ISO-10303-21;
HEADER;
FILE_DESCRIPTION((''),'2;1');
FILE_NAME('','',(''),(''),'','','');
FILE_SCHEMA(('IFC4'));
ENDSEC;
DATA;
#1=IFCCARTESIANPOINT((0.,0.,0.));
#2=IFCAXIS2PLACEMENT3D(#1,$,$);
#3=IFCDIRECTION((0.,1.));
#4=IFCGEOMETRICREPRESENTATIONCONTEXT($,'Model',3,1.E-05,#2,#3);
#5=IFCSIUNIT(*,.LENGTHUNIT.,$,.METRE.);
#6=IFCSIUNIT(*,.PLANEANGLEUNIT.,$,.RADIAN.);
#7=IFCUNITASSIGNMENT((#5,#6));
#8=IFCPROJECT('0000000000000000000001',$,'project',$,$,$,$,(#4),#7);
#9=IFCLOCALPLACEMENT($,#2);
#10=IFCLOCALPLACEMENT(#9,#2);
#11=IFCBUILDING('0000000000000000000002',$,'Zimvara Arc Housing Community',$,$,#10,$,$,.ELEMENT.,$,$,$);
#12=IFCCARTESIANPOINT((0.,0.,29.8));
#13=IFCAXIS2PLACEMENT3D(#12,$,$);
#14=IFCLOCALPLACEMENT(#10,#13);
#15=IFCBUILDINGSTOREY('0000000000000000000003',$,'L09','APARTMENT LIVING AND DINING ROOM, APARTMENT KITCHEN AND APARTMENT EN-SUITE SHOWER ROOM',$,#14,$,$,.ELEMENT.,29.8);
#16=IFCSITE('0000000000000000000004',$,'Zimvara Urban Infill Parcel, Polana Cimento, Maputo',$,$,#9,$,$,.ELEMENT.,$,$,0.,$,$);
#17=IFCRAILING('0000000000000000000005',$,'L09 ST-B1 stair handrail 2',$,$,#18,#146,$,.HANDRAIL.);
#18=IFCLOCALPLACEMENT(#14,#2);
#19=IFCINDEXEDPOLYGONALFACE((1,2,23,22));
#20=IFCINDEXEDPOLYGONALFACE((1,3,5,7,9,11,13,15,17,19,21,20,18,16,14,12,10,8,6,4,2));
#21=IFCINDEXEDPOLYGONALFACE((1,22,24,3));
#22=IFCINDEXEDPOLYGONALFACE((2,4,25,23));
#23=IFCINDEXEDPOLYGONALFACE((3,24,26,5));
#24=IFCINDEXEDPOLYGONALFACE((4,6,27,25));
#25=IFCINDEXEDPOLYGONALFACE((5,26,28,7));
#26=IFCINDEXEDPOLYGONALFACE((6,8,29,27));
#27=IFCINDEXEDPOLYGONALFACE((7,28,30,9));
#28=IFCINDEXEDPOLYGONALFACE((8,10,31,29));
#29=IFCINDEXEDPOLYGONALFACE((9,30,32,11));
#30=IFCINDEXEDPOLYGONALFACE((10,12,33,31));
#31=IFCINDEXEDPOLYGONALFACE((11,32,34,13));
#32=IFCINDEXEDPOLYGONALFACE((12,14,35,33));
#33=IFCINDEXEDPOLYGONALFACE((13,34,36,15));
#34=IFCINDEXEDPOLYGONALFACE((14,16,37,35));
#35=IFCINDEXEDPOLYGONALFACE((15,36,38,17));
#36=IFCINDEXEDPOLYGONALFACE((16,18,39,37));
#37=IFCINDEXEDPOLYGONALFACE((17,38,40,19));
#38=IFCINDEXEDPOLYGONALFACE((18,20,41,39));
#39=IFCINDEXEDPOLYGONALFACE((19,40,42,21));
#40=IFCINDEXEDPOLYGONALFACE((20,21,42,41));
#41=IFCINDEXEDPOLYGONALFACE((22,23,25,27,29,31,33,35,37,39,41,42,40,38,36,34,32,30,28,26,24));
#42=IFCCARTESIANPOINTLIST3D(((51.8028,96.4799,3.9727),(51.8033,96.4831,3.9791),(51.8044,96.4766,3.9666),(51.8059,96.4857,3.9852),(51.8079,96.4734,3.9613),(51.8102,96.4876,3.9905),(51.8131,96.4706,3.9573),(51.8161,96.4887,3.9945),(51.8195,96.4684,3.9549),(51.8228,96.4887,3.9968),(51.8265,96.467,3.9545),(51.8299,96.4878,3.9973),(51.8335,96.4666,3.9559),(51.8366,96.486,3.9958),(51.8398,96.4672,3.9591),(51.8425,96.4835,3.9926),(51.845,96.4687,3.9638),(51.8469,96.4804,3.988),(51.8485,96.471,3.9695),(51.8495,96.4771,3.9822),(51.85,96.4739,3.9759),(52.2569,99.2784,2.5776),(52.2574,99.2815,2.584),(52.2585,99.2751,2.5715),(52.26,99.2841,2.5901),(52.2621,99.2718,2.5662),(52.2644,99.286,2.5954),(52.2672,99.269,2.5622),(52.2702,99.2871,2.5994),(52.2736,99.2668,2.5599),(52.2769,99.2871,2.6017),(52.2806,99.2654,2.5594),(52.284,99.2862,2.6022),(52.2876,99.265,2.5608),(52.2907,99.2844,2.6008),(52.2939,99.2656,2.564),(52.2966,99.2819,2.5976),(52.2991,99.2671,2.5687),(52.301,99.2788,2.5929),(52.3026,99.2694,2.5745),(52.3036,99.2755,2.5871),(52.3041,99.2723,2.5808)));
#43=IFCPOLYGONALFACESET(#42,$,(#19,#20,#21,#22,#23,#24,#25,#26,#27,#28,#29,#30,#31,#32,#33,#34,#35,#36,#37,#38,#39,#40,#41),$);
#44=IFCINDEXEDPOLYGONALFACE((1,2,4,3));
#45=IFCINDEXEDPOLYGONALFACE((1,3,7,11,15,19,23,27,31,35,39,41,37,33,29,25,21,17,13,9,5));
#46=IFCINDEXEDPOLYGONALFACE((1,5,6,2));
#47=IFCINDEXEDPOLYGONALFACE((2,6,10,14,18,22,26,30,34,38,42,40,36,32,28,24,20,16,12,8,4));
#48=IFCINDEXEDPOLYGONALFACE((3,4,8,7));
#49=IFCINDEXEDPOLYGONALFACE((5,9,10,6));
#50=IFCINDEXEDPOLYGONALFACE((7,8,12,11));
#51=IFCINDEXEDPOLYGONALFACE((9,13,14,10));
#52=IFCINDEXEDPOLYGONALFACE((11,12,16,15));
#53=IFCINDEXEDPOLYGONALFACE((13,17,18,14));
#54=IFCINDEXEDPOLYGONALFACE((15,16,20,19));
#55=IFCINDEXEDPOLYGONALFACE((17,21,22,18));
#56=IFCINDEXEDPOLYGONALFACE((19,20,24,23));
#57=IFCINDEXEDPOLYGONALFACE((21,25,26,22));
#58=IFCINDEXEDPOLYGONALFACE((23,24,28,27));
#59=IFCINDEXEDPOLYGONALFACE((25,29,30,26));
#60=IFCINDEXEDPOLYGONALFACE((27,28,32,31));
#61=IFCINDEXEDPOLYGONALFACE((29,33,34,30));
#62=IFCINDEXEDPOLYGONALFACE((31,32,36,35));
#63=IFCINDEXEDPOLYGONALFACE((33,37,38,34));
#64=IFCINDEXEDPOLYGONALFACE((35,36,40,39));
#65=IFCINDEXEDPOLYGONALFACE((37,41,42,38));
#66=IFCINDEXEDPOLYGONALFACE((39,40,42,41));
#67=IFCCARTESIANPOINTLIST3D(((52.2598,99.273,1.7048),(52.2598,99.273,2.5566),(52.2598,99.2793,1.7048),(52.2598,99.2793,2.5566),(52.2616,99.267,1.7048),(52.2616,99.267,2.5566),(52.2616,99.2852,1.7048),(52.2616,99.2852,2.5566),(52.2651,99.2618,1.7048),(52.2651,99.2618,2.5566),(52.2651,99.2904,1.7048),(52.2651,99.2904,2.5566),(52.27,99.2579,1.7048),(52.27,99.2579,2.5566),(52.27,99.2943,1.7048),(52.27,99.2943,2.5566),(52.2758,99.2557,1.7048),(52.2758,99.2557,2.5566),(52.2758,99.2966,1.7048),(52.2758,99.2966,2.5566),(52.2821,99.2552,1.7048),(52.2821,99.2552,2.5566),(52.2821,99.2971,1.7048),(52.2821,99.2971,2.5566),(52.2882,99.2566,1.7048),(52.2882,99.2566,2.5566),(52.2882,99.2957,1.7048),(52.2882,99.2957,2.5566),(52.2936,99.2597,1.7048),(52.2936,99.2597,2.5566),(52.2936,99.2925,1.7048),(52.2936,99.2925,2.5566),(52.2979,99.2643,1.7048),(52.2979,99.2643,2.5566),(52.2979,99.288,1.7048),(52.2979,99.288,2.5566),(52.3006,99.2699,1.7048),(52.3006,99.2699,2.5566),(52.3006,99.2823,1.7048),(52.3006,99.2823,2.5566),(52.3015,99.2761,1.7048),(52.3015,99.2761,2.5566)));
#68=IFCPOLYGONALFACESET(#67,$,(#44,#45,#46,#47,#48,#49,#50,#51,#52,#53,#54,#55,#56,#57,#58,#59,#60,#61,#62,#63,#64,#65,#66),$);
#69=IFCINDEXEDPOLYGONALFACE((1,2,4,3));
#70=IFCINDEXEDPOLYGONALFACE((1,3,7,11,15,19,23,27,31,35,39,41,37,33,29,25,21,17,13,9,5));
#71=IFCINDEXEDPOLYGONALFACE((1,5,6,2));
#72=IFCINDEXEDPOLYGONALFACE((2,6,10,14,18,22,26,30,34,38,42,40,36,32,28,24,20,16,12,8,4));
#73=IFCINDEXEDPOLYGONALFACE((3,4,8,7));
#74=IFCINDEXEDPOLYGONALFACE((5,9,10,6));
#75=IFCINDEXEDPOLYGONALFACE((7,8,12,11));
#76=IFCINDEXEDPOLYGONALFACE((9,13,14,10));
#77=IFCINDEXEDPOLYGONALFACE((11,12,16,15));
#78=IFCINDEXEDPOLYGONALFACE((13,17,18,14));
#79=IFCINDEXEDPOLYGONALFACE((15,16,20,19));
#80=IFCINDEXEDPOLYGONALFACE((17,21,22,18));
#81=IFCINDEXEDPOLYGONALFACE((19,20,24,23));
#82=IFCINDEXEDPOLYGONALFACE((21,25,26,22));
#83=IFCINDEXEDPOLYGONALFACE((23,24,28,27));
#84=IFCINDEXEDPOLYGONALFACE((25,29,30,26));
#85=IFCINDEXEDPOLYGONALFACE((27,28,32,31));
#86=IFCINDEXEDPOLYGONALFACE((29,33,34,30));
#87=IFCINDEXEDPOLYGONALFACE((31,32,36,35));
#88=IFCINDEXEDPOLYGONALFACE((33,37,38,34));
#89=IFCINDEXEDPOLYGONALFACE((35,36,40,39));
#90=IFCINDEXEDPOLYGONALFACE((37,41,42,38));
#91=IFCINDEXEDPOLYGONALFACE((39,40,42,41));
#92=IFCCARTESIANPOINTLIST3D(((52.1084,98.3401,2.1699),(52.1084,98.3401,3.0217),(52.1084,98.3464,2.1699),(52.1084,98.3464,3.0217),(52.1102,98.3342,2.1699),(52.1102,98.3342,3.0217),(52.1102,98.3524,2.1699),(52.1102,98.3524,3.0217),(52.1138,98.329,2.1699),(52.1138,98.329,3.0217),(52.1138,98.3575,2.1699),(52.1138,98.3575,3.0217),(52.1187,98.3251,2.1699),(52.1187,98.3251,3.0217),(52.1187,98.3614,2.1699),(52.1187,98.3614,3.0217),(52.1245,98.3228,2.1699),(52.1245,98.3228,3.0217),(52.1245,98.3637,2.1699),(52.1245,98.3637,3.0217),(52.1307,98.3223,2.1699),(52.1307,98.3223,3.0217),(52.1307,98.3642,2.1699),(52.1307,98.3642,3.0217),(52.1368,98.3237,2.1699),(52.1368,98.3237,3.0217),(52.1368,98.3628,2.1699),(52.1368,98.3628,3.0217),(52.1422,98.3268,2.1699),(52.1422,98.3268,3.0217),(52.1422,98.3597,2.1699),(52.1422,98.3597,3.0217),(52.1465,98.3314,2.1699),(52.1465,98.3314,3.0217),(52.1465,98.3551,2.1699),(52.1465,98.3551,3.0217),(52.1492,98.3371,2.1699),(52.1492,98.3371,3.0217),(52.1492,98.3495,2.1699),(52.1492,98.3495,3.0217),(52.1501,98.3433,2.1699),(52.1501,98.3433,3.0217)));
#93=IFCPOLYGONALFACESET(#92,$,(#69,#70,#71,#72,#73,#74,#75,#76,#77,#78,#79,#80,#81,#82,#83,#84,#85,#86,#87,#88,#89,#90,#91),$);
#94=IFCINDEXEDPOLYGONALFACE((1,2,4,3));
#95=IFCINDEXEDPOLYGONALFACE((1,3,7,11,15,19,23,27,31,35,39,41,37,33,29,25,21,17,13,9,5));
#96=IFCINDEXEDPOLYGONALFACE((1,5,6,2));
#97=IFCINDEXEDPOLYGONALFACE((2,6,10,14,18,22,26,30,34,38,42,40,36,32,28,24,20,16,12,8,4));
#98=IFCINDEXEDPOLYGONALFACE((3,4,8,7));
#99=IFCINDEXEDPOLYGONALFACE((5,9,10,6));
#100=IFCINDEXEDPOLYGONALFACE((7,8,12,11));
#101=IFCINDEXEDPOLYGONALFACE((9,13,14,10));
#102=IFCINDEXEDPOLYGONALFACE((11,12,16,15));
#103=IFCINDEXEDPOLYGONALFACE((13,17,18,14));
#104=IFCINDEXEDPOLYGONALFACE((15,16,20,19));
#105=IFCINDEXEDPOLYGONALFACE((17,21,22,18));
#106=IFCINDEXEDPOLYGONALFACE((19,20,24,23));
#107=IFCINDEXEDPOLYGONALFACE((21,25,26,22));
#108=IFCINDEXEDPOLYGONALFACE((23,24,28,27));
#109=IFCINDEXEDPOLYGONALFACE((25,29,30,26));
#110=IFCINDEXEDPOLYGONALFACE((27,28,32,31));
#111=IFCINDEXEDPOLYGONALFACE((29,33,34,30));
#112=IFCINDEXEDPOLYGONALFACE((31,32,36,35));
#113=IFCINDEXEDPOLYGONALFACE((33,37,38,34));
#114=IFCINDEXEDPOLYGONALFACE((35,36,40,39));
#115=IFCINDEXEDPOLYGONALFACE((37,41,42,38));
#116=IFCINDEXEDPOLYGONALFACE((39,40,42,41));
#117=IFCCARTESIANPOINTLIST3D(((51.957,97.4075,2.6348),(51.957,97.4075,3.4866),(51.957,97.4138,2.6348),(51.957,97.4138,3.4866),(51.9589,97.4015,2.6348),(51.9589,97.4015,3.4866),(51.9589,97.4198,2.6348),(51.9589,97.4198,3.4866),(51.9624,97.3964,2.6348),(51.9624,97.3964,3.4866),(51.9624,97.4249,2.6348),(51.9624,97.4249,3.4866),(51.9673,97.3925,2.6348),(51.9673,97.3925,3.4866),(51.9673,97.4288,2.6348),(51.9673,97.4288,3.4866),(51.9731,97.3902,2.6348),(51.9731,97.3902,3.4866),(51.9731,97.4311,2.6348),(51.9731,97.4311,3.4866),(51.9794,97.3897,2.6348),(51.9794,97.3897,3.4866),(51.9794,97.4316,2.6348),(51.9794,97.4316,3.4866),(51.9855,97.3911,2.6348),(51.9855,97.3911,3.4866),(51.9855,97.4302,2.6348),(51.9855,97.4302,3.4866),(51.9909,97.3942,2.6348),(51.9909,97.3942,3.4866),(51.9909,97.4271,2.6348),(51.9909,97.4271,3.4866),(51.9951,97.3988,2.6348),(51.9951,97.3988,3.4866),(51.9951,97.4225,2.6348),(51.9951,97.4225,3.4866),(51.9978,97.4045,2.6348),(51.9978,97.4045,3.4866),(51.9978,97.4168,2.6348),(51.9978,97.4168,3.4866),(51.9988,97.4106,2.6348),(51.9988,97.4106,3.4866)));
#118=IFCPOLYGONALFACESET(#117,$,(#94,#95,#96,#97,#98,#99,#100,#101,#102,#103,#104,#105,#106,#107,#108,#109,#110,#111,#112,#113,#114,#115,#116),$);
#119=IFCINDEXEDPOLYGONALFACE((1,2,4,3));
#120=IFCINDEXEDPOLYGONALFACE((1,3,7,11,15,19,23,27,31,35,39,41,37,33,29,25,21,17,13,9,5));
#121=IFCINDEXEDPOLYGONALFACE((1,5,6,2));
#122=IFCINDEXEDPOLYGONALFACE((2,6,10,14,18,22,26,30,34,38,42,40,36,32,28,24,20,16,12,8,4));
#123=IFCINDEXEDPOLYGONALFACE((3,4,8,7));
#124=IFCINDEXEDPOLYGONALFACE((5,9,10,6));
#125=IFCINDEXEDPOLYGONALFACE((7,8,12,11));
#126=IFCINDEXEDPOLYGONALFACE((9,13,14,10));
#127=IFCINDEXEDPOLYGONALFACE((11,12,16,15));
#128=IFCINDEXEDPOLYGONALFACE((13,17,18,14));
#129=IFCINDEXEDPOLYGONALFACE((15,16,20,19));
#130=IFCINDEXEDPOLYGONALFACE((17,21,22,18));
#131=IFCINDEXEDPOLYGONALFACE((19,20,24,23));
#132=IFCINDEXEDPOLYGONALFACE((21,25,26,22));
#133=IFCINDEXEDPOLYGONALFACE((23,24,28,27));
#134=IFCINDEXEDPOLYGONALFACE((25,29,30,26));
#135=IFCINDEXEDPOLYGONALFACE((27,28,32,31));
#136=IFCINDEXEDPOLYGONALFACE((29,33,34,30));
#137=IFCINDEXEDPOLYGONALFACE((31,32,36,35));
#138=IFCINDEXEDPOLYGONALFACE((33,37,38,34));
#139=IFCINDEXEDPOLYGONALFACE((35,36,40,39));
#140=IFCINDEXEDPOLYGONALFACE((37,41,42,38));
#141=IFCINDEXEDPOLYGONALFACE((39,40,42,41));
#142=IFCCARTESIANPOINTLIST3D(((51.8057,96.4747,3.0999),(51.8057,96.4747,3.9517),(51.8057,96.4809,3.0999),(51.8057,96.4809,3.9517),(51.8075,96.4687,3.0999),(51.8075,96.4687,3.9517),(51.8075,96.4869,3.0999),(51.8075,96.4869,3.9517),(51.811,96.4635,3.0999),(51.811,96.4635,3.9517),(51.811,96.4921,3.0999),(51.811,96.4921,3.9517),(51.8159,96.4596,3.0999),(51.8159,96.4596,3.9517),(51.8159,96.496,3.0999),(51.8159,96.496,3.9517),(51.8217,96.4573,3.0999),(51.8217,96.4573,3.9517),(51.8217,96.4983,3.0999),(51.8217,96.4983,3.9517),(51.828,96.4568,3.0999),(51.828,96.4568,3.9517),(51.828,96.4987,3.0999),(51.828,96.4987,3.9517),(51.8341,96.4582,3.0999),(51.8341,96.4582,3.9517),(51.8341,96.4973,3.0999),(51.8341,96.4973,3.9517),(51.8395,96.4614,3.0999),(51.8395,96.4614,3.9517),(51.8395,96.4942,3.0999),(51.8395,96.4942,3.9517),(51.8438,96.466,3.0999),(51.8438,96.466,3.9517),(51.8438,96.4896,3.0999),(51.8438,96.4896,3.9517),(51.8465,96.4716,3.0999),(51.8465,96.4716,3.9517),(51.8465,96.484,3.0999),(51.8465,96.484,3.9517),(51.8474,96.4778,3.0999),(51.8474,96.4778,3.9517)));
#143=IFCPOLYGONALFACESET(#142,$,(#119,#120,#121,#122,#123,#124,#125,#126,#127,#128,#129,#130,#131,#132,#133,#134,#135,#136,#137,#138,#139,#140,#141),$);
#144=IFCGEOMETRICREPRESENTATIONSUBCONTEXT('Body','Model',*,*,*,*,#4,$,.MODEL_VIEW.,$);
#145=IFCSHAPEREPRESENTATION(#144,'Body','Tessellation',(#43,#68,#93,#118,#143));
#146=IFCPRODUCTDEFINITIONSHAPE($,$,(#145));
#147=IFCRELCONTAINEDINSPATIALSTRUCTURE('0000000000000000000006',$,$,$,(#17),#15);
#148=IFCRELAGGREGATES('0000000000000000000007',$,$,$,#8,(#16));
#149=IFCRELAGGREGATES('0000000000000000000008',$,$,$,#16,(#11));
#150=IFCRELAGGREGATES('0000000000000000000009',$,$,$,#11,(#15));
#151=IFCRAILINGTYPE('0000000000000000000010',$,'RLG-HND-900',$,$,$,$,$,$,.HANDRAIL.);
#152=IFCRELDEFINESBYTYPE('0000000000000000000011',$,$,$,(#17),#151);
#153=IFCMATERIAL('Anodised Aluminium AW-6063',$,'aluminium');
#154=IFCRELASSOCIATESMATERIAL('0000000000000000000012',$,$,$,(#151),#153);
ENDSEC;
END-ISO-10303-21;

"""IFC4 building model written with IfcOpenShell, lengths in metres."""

from ifc_helpers import new_model, si_unit, direction, frame, origin, origin_2d, place, context, subcontext, project, spatial, circle, extrude, material, type_object, element, save


model = new_model("IFC4")

# Units and contexts
model_context = context("Model", 3, precision=1e-05, world=origin(), true_north=direction((0.0, 1.0)))
body_context = subcontext(model_context, "Body", "Model", "MODEL_VIEW")
ifc_project = project(units=[si_unit("LENGTHUNIT", "METRE"), si_unit("PLANEANGLEUNIT", "RADIAN")], contexts=[model_context])

# Site, building, storey
site_placement = place(None, origin())
site = spatial("IfcSite", under=ifc_project, at=site_placement, Name="Zimvara Urban Infill Parcel, Polana Cimento, Maputo", CompositionType="ELEMENT", RefElevation=0.0)
building_placement = place(site_placement, origin())
building = spatial("IfcBuilding", under=site, at=building_placement, Name="Zimvara Arc Housing Community", CompositionType="ELEMENT")
storey_placement = place(building_placement, frame((0.0, 0.0, 29.8)))
storey = spatial("IfcBuildingStorey", under=building, at=storey_placement, Name="L09", Description="APARTMENT LIVING AND DINING ROOM, APARTMENT KITCHEN AND APARTMENT EN-SUITE SHOWER ROOM", CompositionType="ELEMENT", Elevation=29.8)

# Railing
ifc_material_1 = material(Name="Anodised Aluminium AW-6063", Category="aluminium")
railing_type = type_object("IfcRailingType", Name="RLG-HND-900", PredefinedType="HANDRAIL", material=ifc_material_1)
railing_placement = place(storey_placement, frame((52.2805, 99.2761, 1.7048)))
element("IfcRailing", 1, at=railing_placement, inside=storey, type_object=railing_type, Name="L09 ST-B1 stair handrail 2", PredefinedType="HANDRAIL", context=body_context, shape_type="SweptSolid", body=[
    extrude(circle(Radius=0.0239, at=origin_2d()), frame((0.0, 0.0, 0.876), z_axis=(-0.143722, -0.885666, 0.44152), x_axis=(0.987088, -0.16018, 0.0)), (0.0, 0.0, 1.0), 3.1597),
    extrude(circle(Radius=0.021, at=origin_2d()), origin(), (0.0, 0.0, 1.0), 0.8518),
    extrude(circle(Radius=0.021, at=origin_2d()), frame((-0.1514, -0.9329, 0.4651)), (0.0, 0.0, 1.0), 0.8518),
    extrude(circle(Radius=0.021, at=origin_2d()), frame((-0.3027, -1.8655, 0.9299)), (0.0, 0.0, 1.0), 0.8518),
    extrude(circle(Radius=0.021, at=origin_2d()), frame((-0.4541, -2.7983, 1.395)), (0.0, 0.0, 1.0), 0.8518),
])

save(model, "model.ifc")
